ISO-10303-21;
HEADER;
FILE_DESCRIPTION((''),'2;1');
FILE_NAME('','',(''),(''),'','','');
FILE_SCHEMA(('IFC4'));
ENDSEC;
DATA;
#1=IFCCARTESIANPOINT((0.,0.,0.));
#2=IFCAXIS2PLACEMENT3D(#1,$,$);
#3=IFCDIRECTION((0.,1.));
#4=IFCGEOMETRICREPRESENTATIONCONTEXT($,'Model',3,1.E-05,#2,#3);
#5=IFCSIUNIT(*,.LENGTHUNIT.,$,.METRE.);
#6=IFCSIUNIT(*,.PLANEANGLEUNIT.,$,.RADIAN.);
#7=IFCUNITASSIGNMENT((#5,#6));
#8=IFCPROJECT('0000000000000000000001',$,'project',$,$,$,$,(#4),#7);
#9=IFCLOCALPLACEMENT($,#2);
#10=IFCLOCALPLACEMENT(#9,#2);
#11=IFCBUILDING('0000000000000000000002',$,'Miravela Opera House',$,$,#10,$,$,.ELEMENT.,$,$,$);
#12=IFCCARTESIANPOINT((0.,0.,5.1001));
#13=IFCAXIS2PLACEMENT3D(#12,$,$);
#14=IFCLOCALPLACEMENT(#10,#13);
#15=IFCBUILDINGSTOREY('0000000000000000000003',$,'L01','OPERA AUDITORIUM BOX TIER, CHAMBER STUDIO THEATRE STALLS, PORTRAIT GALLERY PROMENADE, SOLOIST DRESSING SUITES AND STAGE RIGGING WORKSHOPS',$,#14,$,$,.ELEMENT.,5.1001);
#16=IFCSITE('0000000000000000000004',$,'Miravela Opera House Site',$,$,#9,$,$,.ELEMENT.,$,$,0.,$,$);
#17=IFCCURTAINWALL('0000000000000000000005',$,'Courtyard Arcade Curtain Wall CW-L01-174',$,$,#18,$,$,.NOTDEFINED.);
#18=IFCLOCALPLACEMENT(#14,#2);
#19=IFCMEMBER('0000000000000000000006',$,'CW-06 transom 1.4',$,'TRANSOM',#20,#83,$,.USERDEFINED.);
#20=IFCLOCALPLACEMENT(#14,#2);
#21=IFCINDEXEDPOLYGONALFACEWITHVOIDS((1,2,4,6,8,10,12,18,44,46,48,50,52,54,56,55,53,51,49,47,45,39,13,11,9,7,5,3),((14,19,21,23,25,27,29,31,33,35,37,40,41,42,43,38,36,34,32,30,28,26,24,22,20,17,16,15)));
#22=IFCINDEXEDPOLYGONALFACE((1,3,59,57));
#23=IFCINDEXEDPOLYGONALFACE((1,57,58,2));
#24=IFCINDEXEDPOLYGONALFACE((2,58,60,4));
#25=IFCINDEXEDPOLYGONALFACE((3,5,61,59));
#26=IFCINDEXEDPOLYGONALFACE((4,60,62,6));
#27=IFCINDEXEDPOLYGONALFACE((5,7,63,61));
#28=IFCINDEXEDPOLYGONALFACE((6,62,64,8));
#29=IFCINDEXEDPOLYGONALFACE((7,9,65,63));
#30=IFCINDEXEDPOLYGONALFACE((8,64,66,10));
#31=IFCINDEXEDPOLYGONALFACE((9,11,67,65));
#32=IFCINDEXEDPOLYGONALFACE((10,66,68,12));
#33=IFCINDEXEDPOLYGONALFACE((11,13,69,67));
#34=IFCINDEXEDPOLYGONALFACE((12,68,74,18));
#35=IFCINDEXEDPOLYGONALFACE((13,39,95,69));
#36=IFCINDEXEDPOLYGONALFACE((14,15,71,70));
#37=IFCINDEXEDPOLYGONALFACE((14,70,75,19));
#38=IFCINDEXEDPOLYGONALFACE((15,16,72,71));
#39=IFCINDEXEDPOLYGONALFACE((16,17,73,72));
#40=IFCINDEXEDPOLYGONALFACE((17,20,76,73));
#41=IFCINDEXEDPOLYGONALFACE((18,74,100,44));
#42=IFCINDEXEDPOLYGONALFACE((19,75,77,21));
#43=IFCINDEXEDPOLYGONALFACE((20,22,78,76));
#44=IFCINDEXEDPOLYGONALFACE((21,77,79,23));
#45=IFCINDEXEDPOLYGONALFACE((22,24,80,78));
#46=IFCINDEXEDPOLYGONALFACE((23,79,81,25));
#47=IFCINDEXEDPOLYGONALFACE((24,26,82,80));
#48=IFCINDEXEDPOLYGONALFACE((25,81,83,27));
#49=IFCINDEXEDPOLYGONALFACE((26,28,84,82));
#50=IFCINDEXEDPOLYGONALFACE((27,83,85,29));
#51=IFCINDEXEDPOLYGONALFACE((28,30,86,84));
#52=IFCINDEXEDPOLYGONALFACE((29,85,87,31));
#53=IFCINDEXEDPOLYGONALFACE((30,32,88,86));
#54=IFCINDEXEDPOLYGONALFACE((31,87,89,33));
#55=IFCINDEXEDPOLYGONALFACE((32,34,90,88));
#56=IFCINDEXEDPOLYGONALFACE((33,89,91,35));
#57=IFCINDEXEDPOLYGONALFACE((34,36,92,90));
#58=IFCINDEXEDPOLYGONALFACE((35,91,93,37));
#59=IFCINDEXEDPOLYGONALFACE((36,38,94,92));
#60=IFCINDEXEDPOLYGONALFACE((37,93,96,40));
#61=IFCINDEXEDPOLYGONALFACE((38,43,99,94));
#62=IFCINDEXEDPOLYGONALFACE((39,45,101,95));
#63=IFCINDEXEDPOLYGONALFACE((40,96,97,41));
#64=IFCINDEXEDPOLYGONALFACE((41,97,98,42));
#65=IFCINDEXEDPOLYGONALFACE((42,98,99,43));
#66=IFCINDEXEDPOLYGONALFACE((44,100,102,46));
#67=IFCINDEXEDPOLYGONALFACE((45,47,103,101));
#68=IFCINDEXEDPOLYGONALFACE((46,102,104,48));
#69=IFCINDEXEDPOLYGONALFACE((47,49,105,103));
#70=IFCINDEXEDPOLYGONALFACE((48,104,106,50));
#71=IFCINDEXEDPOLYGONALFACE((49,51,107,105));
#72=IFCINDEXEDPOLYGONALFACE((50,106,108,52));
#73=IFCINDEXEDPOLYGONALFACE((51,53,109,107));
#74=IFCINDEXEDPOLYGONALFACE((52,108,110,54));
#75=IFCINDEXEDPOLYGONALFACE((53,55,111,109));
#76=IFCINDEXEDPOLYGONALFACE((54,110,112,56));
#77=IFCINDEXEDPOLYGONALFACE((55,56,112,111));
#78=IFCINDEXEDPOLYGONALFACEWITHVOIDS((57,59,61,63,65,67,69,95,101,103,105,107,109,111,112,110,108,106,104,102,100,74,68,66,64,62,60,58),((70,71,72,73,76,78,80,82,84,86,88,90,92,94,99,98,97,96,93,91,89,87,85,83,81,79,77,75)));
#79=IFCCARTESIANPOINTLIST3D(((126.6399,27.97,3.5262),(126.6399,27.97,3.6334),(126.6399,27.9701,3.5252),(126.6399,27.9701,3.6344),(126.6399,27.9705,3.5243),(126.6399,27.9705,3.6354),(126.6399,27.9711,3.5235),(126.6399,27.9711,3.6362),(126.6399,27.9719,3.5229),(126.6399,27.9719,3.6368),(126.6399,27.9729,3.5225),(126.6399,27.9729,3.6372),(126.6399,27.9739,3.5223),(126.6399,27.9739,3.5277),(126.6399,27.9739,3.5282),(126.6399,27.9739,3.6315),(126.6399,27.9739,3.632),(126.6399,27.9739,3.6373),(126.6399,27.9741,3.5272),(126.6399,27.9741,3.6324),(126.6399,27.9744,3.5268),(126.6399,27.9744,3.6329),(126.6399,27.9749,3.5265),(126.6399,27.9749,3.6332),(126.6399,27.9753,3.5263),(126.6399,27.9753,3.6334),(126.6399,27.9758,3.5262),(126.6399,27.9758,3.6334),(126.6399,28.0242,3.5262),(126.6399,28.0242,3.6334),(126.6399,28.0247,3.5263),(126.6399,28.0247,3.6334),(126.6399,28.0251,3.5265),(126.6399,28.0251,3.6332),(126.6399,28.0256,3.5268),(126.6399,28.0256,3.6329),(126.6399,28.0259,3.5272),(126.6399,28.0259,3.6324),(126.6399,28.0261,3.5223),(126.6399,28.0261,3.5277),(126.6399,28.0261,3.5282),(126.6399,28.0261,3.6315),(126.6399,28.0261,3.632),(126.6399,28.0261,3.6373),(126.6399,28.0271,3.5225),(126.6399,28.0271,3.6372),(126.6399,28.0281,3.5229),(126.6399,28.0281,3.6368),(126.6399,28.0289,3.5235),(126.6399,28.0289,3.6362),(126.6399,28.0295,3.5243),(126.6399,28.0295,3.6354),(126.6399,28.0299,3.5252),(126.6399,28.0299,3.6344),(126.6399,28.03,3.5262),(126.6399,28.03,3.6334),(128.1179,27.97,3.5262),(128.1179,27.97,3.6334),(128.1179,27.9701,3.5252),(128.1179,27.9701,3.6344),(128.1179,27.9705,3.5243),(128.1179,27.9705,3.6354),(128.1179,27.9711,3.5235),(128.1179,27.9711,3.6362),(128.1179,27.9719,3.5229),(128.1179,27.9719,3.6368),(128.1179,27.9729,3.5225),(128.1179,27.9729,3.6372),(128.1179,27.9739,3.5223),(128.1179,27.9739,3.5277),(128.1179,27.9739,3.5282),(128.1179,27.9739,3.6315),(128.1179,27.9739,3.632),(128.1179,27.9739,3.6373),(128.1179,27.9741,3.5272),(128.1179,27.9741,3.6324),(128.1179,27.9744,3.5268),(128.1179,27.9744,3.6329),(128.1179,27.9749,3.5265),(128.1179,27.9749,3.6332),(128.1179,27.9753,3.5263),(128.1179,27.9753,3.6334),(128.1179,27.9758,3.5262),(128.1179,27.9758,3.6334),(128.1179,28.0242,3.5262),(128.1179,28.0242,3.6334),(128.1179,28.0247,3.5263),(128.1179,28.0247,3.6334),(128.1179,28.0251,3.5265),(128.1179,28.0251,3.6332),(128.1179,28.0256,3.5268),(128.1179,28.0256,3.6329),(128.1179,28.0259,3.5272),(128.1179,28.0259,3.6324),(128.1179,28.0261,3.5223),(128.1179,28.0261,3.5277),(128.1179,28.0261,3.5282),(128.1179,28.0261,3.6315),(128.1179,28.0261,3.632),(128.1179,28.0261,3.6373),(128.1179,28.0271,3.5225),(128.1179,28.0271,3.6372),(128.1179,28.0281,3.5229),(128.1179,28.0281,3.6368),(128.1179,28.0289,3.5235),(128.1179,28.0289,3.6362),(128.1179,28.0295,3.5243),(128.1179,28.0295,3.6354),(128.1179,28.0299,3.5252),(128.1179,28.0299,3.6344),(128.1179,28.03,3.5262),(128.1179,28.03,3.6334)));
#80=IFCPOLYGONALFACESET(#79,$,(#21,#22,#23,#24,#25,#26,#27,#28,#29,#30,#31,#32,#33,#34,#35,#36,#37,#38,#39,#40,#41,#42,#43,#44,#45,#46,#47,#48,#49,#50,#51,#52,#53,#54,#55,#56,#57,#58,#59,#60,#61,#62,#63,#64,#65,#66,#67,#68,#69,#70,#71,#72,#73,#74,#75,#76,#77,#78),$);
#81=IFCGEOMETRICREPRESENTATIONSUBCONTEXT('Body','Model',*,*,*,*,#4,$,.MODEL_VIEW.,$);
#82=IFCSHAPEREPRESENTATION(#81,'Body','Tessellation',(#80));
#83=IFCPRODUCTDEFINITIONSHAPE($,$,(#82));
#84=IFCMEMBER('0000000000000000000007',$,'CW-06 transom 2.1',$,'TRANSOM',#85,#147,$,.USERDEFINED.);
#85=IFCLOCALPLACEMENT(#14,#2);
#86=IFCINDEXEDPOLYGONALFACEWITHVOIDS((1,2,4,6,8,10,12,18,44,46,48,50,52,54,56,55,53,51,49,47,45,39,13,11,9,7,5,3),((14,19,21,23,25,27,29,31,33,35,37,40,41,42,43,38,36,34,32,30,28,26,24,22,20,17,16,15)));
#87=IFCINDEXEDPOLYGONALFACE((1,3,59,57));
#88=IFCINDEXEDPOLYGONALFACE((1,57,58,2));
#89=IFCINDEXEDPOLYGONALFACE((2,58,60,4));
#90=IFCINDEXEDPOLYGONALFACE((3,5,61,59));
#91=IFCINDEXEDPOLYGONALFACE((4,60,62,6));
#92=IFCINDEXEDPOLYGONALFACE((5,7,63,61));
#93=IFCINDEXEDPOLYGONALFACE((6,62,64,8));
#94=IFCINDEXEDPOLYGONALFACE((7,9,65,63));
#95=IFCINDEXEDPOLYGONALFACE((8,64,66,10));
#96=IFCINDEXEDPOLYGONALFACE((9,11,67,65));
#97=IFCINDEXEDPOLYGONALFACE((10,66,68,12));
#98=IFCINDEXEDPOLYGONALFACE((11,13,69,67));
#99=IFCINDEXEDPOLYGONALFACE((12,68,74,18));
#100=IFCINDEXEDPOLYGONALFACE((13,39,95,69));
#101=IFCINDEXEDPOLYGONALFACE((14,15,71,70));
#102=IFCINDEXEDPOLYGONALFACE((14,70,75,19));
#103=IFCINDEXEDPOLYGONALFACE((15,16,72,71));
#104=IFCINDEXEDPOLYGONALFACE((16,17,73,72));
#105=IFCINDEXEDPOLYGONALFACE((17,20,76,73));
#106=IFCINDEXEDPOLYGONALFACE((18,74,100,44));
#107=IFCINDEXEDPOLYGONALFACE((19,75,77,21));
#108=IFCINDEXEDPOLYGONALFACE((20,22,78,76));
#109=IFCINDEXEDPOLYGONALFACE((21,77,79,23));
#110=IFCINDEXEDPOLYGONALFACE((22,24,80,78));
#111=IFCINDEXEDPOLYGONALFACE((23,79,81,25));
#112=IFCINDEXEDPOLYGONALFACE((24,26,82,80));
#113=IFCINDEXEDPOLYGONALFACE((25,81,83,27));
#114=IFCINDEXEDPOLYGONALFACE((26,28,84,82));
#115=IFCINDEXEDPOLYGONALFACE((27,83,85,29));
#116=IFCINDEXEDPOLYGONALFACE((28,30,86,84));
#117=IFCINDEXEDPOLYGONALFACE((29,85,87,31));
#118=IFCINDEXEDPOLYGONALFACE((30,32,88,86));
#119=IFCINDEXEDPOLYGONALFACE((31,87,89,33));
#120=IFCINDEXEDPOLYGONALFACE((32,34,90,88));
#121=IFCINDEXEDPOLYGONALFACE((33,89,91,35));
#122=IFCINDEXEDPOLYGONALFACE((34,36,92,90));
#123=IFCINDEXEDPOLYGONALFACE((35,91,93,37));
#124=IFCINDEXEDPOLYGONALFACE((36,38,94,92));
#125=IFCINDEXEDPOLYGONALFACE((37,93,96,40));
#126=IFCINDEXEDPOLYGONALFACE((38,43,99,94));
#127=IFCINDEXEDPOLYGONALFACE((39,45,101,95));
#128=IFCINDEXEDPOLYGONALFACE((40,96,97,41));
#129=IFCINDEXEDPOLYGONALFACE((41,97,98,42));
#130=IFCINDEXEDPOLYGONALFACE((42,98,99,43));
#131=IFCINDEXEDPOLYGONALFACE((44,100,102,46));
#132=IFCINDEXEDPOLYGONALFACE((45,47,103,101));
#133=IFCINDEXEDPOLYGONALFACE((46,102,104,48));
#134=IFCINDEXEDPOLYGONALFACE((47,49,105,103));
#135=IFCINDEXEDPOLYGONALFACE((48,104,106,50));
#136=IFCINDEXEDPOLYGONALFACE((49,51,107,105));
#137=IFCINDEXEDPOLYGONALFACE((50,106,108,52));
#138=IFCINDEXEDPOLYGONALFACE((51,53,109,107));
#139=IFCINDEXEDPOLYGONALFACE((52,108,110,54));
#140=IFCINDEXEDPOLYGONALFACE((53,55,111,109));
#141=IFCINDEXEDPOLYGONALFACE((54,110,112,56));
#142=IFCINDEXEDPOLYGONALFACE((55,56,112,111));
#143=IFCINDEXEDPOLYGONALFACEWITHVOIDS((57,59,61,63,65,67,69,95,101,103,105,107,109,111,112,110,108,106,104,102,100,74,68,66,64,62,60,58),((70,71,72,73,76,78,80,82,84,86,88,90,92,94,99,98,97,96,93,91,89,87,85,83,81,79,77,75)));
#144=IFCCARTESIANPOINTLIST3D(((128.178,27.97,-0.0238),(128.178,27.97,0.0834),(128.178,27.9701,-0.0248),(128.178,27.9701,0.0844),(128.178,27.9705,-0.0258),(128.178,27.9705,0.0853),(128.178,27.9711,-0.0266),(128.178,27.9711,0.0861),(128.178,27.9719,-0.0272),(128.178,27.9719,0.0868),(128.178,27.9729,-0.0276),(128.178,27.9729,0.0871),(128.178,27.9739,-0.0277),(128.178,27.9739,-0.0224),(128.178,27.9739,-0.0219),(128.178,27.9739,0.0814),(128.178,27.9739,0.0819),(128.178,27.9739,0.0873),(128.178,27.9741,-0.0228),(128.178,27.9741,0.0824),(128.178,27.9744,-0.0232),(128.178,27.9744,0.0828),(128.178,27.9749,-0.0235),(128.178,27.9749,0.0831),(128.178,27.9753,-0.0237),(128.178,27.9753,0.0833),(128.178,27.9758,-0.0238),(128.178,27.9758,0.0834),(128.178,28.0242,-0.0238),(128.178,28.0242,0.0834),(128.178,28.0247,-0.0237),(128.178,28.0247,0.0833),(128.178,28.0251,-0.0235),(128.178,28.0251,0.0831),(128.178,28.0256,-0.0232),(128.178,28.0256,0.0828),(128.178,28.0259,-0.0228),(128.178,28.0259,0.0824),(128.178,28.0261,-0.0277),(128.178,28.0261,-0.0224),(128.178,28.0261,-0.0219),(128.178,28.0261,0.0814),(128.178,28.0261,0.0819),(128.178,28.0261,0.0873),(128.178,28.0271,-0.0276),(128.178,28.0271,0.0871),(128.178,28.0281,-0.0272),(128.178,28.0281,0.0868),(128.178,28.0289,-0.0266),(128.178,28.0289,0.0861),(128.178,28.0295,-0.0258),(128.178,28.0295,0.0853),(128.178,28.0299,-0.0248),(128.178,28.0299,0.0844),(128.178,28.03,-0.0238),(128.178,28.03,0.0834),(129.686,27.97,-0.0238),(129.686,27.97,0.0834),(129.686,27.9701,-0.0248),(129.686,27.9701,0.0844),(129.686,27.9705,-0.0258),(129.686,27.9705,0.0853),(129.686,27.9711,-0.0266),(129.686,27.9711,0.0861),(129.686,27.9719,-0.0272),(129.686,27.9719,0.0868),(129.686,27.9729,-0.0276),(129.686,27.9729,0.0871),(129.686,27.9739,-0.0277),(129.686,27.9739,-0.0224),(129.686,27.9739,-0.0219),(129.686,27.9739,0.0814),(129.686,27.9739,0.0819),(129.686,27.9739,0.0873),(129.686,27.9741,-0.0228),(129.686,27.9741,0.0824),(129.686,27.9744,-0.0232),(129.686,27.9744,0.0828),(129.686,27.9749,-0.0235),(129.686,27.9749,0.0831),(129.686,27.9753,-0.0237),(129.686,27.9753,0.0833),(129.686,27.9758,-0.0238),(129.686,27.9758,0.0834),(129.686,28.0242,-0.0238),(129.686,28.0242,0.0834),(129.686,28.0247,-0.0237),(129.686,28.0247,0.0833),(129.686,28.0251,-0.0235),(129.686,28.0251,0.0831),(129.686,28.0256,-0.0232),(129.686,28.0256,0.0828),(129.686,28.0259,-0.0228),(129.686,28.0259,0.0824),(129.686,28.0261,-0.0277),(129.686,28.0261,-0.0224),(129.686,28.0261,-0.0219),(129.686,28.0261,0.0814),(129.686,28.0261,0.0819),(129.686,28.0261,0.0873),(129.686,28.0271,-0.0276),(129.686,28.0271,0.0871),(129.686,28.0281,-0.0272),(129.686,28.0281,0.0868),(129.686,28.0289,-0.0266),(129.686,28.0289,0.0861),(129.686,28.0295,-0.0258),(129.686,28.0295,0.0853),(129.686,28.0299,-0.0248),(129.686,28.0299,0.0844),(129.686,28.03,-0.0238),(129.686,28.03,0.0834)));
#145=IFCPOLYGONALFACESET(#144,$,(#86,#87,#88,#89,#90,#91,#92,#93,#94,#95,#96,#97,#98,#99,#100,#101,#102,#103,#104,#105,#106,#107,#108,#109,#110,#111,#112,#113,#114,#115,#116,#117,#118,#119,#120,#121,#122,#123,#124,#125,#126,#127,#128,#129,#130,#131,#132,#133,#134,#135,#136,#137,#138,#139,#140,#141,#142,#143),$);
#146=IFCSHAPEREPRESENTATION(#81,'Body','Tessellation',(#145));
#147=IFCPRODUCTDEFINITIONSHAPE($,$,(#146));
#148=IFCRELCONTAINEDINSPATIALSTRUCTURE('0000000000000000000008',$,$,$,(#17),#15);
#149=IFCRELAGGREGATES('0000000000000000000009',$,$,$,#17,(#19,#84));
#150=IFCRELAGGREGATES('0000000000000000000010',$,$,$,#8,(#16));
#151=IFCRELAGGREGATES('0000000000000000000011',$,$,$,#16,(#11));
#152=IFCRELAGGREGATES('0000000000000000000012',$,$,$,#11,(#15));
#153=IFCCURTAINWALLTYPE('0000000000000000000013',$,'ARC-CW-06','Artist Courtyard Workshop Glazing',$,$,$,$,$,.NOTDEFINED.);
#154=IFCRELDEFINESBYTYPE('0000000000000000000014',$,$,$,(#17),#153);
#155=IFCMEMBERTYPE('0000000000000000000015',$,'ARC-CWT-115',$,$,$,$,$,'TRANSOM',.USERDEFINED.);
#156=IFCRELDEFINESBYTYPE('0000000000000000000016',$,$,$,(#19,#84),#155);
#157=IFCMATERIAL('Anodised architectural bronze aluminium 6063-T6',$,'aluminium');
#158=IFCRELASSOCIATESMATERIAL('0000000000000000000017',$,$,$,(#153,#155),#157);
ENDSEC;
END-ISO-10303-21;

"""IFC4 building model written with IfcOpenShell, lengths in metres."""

from ifc_helpers import new_model, si_unit, direction, frame, origin, origin_2d, place, context, subcontext, project, spatial, hollow_rectangle, extrude, material, material_profile, profile_set, type_object, element, aggregate, save


model = new_model("IFC4")

# Units and contexts
model_context = context("Model", 3, precision=1e-05, world=origin(), true_north=direction((0.0, 1.0)))
body_context = subcontext(model_context, "Body", "Model", "MODEL_VIEW")
ifc_project = project(units=[si_unit("LENGTHUNIT", "METRE"), si_unit("PLANEANGLEUNIT", "RADIAN")], contexts=[model_context])

# Site, building, storey
site_placement = place(None, origin())
site = spatial("IfcSite", under=ifc_project, at=site_placement, Name="Miravela Opera House Site", CompositionType="ELEMENT", RefElevation=0.0)
building_placement = place(site_placement, origin())
building = spatial("IfcBuilding", under=site, at=building_placement, Name="Miravela Opera House", CompositionType="ELEMENT")
storey_placement = place(building_placement, frame((0.0, 0.0, 5.1001)))
storey = spatial("IfcBuildingStorey", under=building, at=storey_placement, Name="L01", Description="OPERA AUDITORIUM BOX TIER, CHAMBER STUDIO THEATRE STALLS, PORTRAIT GALLERY PROMENADE, SOLOIST DRESSING SUITES AND STAGE RIGGING WORKSHOPS", CompositionType="ELEMENT", Elevation=5.1001)

# Shared definitions
ifc_material_1 = material(Name="Anodised architectural bronze aluminium 6063-T6", Category="aluminium")
curtain_wall_type = type_object("IfcCurtainWallType", Name="ARC-CW-06", Description="Artist Courtyard Workshop Glazing", PredefinedType="NOTDEFINED", material=ifc_material_1)

# Curtain wall
curtain_wall_1_placement = place(storey_placement, origin())
curtain_wall_1 = element("IfcCurtainWall", 1, at=curtain_wall_1_placement, inside=storey, type_object=curtain_wall_type, Name="Courtyard Arcade Curtain Wall CW-L01-174", PredefinedType="NOTDEFINED")

# Members
ifc_material_profile_1 = material_profile(ifc_material_1, hollow_rectangle(XDim=0.0601, YDim=0.115, WallThickness=0.0039, InnerFilletRadius=0.002, OuterFilletRadius=0.0039, at=origin_2d()), Name="CWT-60X115")
ifc_profile_set_1 = profile_set([ifc_material_profile_1])
member_type_1 = type_object("IfcMemberType", Name="ARC-CWT-115", ElementType="TRANSOM", PredefinedType="USERDEFINED", material=ifc_profile_set_1)
member_1_placement = place(storey_placement, frame((126.6399, 28.0, 3.5798), z_axis=(1.0, 0.0, 0.0), x_axis=(0.0, 1.0, 0.0)))
member_1 = element("IfcMember", 2, at=member_1_placement, type_object=member_type_1, Name="CW-06 transom 1.4", ObjectType="TRANSOM", PredefinedType="USERDEFINED", context=body_context, shape_type="SweptSolid", body=[
    extrude(hollow_rectangle(XDim=0.0601, YDim=0.115, WallThickness=0.0039, InnerFilletRadius=0.002, OuterFilletRadius=0.0039, at=origin_2d()), origin(), (0.0, 0.0, 1.0), 1.478),
])
member_2_placement = place(storey_placement, frame((128.178, 28.0, 0.0298), z_axis=(1.0, 0.0, 0.0), x_axis=(0.0, 1.0, 0.0)))
member_2 = element("IfcMember", 3, at=member_2_placement, type_object=member_type_1, Name="CW-06 transom 2.1", ObjectType="TRANSOM", PredefinedType="USERDEFINED", context=body_context, shape_type="SweptSolid", body=[
    extrude(hollow_rectangle(XDim=0.0601, YDim=0.115, WallThickness=0.0039, InnerFilletRadius=0.002, OuterFilletRadius=0.0039, at=origin_2d()), origin(), (0.0, 0.0, 1.0), 1.5081),
])

aggregate(curtain_wall_1, [member_1, member_2])

save(model, "model.ifc")
